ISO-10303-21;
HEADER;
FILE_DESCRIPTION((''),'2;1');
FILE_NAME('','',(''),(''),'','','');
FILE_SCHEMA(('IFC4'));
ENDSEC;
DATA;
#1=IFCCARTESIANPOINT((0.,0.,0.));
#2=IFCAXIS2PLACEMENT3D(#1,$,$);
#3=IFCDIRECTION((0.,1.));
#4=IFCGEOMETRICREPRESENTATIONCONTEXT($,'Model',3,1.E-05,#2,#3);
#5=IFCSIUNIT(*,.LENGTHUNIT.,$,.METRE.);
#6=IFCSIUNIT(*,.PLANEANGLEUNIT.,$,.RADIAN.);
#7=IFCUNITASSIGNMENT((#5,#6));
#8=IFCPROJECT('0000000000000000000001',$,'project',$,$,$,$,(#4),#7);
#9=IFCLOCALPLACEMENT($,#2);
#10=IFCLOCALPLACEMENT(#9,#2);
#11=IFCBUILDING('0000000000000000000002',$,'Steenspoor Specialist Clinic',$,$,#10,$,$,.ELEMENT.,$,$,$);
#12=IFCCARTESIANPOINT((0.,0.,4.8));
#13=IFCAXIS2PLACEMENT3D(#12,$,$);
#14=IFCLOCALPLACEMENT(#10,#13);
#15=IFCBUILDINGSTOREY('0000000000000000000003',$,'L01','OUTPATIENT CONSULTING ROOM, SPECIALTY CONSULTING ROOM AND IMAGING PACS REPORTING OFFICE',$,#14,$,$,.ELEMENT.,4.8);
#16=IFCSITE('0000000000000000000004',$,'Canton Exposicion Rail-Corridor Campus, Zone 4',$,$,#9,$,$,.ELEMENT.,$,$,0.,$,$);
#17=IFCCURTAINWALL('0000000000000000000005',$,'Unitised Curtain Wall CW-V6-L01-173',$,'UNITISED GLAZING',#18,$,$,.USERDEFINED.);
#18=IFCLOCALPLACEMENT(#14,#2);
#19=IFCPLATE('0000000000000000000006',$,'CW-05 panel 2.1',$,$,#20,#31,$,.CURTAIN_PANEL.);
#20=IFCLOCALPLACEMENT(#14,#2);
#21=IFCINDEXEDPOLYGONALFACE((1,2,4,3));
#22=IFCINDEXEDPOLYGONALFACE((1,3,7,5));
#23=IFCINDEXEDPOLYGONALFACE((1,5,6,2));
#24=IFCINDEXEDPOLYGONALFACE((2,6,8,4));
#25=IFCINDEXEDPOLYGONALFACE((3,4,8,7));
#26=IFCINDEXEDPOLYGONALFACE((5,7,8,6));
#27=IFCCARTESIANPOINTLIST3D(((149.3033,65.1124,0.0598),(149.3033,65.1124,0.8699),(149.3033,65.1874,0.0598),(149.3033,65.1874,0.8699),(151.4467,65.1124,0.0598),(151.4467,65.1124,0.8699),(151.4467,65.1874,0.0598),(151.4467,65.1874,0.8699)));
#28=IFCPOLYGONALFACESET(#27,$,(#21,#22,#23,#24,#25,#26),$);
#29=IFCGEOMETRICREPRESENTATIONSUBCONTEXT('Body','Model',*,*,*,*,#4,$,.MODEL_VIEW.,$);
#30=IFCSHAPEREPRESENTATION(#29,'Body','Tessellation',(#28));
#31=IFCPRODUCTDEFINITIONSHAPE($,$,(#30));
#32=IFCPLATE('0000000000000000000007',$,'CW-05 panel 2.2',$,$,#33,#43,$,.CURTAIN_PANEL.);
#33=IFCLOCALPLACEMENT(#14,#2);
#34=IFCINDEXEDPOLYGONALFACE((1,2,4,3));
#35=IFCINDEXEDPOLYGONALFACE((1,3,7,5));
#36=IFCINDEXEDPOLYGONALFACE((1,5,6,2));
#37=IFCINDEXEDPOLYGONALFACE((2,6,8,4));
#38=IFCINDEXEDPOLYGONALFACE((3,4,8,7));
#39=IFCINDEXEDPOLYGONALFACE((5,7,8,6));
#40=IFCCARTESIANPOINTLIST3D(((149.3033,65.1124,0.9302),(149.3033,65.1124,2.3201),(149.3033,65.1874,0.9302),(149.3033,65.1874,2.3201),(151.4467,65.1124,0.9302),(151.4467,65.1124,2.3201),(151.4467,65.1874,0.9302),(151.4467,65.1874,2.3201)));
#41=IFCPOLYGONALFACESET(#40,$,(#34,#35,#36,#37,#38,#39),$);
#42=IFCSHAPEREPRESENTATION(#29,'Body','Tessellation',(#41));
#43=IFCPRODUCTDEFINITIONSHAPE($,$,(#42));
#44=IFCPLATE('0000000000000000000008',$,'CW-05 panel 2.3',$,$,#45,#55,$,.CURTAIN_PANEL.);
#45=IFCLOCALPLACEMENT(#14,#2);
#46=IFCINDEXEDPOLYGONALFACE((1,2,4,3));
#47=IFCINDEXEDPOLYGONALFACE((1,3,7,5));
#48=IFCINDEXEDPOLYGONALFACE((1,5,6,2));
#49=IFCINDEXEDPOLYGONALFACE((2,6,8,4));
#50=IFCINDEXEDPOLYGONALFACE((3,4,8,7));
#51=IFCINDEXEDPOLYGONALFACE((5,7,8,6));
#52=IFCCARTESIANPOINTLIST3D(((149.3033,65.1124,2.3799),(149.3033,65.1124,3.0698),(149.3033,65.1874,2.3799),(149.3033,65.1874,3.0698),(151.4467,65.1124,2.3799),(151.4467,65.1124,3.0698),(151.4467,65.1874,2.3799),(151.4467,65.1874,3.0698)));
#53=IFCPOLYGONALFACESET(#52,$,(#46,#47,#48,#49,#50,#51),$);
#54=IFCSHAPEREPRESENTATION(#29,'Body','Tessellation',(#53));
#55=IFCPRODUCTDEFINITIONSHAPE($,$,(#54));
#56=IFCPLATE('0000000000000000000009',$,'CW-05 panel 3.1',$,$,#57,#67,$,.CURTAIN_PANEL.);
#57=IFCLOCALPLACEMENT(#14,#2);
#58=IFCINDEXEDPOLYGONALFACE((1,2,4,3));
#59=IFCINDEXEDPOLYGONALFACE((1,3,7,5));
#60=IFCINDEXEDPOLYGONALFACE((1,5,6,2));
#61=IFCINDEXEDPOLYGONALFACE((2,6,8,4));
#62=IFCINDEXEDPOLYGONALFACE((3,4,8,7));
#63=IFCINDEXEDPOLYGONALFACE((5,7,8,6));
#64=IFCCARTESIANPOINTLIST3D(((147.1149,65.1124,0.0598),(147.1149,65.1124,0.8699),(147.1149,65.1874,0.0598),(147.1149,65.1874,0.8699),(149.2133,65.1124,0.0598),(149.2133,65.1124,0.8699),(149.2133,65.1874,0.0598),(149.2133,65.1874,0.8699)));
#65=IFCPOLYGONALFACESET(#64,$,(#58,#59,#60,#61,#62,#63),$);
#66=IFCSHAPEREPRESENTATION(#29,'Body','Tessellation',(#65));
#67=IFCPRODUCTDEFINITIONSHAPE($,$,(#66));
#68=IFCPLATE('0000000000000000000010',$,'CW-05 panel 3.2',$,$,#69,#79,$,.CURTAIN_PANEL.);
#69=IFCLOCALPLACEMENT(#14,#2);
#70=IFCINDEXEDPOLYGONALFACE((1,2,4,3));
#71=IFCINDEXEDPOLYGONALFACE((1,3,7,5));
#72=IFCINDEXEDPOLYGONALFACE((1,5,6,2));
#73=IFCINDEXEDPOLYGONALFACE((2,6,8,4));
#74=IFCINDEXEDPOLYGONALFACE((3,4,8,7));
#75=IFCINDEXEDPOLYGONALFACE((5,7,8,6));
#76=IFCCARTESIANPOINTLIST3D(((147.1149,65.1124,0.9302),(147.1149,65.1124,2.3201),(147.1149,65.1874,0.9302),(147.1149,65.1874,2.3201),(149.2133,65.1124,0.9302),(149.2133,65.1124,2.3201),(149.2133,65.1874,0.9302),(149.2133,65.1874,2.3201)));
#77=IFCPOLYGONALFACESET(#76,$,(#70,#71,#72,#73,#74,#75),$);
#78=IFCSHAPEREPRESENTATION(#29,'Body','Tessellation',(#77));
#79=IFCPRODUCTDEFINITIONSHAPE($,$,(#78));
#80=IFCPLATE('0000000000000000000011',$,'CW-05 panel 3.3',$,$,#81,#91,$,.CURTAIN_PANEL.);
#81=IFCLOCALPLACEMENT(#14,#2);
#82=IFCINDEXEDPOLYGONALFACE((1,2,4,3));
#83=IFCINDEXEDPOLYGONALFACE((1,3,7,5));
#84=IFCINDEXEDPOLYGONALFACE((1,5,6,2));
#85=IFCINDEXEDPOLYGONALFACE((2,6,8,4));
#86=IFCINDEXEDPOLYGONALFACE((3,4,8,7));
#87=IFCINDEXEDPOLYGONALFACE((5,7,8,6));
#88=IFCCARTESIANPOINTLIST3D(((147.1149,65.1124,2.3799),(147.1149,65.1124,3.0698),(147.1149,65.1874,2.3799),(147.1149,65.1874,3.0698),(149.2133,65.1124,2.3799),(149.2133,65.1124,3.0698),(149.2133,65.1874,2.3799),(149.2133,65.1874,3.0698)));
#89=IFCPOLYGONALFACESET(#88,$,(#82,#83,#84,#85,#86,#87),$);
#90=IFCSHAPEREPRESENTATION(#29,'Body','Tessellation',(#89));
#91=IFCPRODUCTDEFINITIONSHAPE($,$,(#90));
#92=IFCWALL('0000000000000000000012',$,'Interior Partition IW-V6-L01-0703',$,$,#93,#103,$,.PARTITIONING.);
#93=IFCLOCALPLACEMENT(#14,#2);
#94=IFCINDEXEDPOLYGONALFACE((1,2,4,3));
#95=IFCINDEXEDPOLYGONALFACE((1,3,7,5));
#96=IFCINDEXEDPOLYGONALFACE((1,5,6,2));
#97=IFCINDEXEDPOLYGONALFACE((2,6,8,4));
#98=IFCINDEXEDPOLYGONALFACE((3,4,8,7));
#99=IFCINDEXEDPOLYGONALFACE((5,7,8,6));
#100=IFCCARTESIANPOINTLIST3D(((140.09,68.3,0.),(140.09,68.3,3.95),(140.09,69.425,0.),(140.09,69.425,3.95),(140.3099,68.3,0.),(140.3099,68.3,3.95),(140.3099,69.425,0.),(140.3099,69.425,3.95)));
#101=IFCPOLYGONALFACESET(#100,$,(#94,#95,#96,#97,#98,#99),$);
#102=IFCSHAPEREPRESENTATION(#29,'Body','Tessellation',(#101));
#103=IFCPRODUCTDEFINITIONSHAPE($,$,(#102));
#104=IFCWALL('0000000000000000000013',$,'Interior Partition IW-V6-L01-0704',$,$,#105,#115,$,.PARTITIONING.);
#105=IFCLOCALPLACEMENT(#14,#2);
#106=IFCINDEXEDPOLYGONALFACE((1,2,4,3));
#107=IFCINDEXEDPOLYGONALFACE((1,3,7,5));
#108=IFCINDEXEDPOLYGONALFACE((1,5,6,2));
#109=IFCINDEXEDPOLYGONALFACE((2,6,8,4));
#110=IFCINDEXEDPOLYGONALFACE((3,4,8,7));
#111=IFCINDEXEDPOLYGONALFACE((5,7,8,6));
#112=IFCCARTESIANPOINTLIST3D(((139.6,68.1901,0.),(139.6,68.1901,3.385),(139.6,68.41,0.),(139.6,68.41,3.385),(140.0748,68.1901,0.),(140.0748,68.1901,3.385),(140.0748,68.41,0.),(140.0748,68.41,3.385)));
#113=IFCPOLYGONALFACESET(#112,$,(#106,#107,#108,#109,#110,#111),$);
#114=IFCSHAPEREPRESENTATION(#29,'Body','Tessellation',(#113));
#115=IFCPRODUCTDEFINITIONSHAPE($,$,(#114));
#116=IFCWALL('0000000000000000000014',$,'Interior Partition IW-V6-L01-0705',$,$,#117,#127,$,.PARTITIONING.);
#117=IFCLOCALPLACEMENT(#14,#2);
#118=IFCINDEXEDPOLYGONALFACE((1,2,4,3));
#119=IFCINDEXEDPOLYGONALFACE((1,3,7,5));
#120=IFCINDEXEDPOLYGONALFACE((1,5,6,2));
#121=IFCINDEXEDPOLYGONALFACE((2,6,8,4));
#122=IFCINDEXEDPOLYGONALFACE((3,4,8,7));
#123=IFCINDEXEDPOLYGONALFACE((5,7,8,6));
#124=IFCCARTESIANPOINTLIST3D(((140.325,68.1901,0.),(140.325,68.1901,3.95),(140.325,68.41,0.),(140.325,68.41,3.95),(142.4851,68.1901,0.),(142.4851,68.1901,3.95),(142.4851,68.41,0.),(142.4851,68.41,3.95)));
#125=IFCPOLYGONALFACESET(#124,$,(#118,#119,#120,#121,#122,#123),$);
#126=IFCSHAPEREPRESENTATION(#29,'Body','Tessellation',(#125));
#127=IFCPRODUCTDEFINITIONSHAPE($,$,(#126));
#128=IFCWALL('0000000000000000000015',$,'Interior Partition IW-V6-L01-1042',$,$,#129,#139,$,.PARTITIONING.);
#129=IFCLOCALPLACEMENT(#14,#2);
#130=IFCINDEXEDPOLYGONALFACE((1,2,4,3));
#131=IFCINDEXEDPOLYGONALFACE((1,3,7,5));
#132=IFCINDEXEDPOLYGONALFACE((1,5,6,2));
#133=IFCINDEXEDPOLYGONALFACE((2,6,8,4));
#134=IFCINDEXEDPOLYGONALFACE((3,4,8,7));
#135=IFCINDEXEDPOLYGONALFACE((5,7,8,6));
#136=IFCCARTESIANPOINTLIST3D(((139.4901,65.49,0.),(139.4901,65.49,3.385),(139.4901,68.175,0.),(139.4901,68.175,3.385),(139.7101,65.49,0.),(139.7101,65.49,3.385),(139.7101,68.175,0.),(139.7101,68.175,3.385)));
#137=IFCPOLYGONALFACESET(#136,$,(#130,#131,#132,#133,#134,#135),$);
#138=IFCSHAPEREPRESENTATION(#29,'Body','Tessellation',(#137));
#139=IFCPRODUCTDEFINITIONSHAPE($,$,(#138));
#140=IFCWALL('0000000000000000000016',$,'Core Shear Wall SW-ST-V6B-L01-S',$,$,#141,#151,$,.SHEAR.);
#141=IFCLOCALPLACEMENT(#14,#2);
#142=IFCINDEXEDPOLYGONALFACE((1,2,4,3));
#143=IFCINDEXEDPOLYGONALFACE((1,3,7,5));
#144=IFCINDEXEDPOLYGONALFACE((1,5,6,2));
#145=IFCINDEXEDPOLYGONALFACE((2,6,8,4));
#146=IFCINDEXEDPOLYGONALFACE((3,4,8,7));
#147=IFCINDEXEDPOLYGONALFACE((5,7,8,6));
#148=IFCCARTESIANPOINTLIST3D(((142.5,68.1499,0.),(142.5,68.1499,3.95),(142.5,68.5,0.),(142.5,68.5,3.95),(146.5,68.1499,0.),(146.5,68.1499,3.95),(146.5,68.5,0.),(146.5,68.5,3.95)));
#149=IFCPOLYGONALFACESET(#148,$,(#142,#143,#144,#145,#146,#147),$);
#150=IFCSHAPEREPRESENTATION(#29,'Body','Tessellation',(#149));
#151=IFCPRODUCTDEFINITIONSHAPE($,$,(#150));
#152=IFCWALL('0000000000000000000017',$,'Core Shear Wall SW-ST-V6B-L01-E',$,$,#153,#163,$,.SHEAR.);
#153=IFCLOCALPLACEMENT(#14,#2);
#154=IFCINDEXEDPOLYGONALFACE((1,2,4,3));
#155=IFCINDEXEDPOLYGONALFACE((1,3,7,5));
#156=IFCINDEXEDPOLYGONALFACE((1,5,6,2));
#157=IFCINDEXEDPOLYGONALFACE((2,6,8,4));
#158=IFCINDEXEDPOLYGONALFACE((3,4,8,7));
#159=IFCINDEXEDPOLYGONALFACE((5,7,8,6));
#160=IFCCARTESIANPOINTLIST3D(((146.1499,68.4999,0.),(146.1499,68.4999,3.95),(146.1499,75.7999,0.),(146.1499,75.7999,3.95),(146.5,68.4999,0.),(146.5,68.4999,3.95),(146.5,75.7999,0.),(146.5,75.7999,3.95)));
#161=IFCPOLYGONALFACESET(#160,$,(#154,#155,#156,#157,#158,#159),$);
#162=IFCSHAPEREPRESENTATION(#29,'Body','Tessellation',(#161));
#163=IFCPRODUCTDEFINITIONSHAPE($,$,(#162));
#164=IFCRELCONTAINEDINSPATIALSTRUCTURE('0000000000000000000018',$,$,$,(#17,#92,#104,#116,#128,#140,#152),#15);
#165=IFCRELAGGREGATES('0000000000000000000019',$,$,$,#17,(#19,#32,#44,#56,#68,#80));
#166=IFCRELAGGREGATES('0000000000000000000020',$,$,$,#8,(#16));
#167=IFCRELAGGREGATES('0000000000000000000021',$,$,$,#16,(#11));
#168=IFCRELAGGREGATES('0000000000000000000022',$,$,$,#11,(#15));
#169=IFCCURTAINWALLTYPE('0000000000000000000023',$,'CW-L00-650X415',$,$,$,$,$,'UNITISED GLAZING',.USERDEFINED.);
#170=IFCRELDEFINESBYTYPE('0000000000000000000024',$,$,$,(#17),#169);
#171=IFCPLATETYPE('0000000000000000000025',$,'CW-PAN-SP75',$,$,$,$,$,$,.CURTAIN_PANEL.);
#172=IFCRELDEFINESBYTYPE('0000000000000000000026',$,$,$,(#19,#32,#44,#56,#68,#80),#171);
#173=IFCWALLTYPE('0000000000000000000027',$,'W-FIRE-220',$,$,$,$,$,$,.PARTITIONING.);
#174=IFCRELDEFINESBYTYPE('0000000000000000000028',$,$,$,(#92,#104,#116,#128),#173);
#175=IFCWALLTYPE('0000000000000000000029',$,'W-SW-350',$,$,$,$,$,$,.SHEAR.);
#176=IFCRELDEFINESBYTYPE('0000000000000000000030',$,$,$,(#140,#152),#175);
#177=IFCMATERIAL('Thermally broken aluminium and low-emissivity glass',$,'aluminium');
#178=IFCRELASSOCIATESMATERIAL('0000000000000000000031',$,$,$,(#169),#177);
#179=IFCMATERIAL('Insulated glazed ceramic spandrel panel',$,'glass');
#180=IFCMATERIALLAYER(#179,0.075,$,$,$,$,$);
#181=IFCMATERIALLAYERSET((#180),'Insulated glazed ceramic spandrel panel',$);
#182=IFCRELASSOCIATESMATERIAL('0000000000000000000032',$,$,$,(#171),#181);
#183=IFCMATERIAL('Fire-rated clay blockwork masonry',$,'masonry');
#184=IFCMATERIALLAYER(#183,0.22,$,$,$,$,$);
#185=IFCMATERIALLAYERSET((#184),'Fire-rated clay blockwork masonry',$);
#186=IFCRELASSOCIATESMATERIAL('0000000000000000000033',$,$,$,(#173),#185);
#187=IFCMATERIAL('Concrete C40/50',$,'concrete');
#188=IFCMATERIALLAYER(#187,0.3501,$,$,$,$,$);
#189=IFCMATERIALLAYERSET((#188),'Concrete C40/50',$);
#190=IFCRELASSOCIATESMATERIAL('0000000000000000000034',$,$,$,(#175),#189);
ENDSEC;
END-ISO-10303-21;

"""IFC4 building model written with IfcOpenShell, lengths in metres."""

from ifc_helpers import new_model, si_unit, direction, frame, frame_2d, origin, origin_2d, place, context, subcontext, project, spatial, rectangle, extrude, material, layer, layer_set, type_object, element, aggregate, save


model = new_model("IFC4")

# Units and contexts
model_context = context("Model", 3, precision=1e-05, world=origin(), true_north=direction((0.0, 1.0)))
body_context = subcontext(model_context, "Body", "Model", "MODEL_VIEW")
ifc_project = project(units=[si_unit("LENGTHUNIT", "METRE"), si_unit("PLANEANGLEUNIT", "RADIAN")], contexts=[model_context])

# Site, building, storey
site_placement = place(None, origin())
site = spatial("IfcSite", under=ifc_project, at=site_placement, Name="Canton Exposicion Rail-Corridor Campus, Zone 4", CompositionType="ELEMENT", RefElevation=0.0)
building_placement = place(site_placement, origin())
building = spatial("IfcBuilding", under=site, at=building_placement, Name="Steenspoor Specialist Clinic", CompositionType="ELEMENT")
storey_placement = place(building_placement, frame((0.0, 0.0, 4.8)))
storey = spatial("IfcBuildingStorey", under=building, at=storey_placement, Name="L01", Description="OUTPATIENT CONSULTING ROOM, SPECIALTY CONSULTING ROOM AND IMAGING PACS REPORTING OFFICE", CompositionType="ELEMENT", Elevation=4.8)

# Curtain wall
ifc_material_1 = material(Name="Thermally broken aluminium and low-emissivity glass", Category="aluminium")
curtain_wall_type = type_object("IfcCurtainWallType", Name="CW-L00-650X415", ElementType="UNITISED GLAZING", PredefinedType="USERDEFINED", material=ifc_material_1)
curtain_wall_placement = place(storey_placement, origin())
curtain_wall = element("IfcCurtainWall", 1, at=curtain_wall_placement, inside=storey, type_object=curtain_wall_type, Name="Unitised Curtain Wall CW-V6-L01-173", ObjectType="UNITISED GLAZING", PredefinedType="USERDEFINED")

# Plates
ifc_material_2 = material(Name="Insulated glazed ceramic spandrel panel", Category="glass")
ifc_layer_1 = layer(ifc_material_2, 0.075)
ifc_layer_set_1 = layer_set([ifc_layer_1], Name="Insulated glazed ceramic spandrel panel")
plate_type = type_object("IfcPlateType", Name="CW-PAN-SP75", PredefinedType="CURTAIN_PANEL", material=ifc_layer_set_1)
plate_1_placement = place(storey_placement, frame((150.375, 65.1499, 0.0598), z_axis=(0.0, 0.0, 1.0), x_axis=(-1.0, 0.0, 0.0)))
plate_1 = element("IfcPlate", 2, at=plate_1_placement, type_object=plate_type, Name="CW-05 panel 2.1", PredefinedType="CURTAIN_PANEL", context=body_context, shape_type="SweptSolid", body=[
    extrude(rectangle(XDim=2.1433, YDim=0.075, at=origin_2d()), origin(), (0.0, 0.0, 1.0), 0.8101),
])
plate_2_placement = place(storey_placement, frame((150.375, 65.1499, 0.9302), z_axis=(0.0, 0.0, 1.0), x_axis=(-1.0, 0.0, 0.0)))
plate_2 = element("IfcPlate", 3, at=plate_2_placement, type_object=plate_type, Name="CW-05 panel 2.2", PredefinedType="CURTAIN_PANEL", context=body_context, shape_type="SweptSolid", body=[
    extrude(rectangle(XDim=2.1433, YDim=0.075, at=origin_2d()), origin(), (0.0, 0.0, 1.0), 1.3899),
])
plate_3_placement = place(storey_placement, frame((150.375, 65.1499, 2.3799), z_axis=(0.0, 0.0, 1.0), x_axis=(-1.0, 0.0, 0.0)))
plate_3 = element("IfcPlate", 4, at=plate_3_placement, type_object=plate_type, Name="CW-05 panel 2.3", PredefinedType="CURTAIN_PANEL", context=body_context, shape_type="SweptSolid", body=[
    extrude(rectangle(XDim=2.1433, YDim=0.075, at=origin_2d()), origin(), (0.0, 0.0, 1.0), 0.6899),
])
plate_4_placement = place(storey_placement, frame((148.1641, 65.1499, 0.0598), z_axis=(0.0, 0.0, 1.0), x_axis=(-1.0, 0.0, 0.0)))
plate_4 = element("IfcPlate", 5, at=plate_4_placement, type_object=plate_type, Name="CW-05 panel 3.1", PredefinedType="CURTAIN_PANEL", context=body_context, shape_type="SweptSolid", body=[
    extrude(rectangle(XDim=2.0984, YDim=0.075, at=origin_2d()), origin(), (0.0, 0.0, 1.0), 0.8101),
])
plate_5_placement = place(storey_placement, frame((148.1641, 65.1499, 0.9302), z_axis=(0.0, 0.0, 1.0), x_axis=(-1.0, 0.0, 0.0)))
plate_5 = element("IfcPlate", 6, at=plate_5_placement, type_object=plate_type, Name="CW-05 panel 3.2", PredefinedType="CURTAIN_PANEL", context=body_context, shape_type="SweptSolid", body=[
    extrude(rectangle(XDim=2.0984, YDim=0.075, at=origin_2d()), origin(), (0.0, 0.0, 1.0), 1.3899),
])
plate_6_placement = place(storey_placement, frame((148.1641, 65.1499, 2.3799), z_axis=(0.0, 0.0, 1.0), x_axis=(-1.0, 0.0, 0.0)))
plate_6 = element("IfcPlate", 7, at=plate_6_placement, type_object=plate_type, Name="CW-05 panel 3.3", PredefinedType="CURTAIN_PANEL", context=body_context, shape_type="SweptSolid", body=[
    extrude(rectangle(XDim=2.0984, YDim=0.075, at=origin_2d()), origin(), (0.0, 0.0, 1.0), 0.6899),
])
aggregate(curtain_wall, [plate_1, plate_2, plate_3, plate_4, plate_5, plate_6])

# Walls
ifc_material_3 = material(Name="Fire-rated clay blockwork masonry", Category="masonry")
ifc_layer_2 = layer(ifc_material_3, 0.22)
ifc_layer_set_2 = layer_set([ifc_layer_2], Name="Fire-rated clay blockwork masonry")
wall_type_1 = type_object("IfcWallType", Name="W-FIRE-220", PredefinedType="PARTITIONING", material=ifc_layer_set_2)
wall_1_placement = place(storey_placement, frame((140.2, 68.3, 0.0), z_axis=(0.0, 0.0, 1.0), x_axis=(0.0, 1.0, 0.0)))
element("IfcWall", 8, at=wall_1_placement, inside=storey, type_object=wall_type_1, Name="Interior Partition IW-V6-L01-0703", PredefinedType="PARTITIONING", context=body_context, shape_type="SweptSolid", body=[
    extrude(rectangle(XDim=1.125, YDim=0.22, at=frame_2d((0.5625, 0.0))), origin(), (0.0, 0.0, 1.0), 3.95),
])
wall_2_placement = place(storey_placement, frame((139.6001, 68.3, 0.0), z_axis=(0.0, 0.0, 1.0), x_axis=(1.0, 0.0, 0.0)))
element("IfcWall", 9, at=wall_2_placement, inside=storey, type_object=wall_type_1, Name="Interior Partition IW-V6-L01-0704", PredefinedType="PARTITIONING", context=body_context, shape_type="SweptSolid", body=[
    extrude(rectangle(XDim=0.4749, YDim=0.22, at=frame_2d((0.2373, 0.0))), origin(), (0.0, 0.0, 1.0), 3.385),
])
wall_3_placement = place(storey_placement, frame((140.325, 68.3, 0.0), z_axis=(0.0, 0.0, 1.0), x_axis=(1.0, 0.0, 0.0)))
element("IfcWall", 10, at=wall_3_placement, inside=storey, type_object=wall_type_1, Name="Interior Partition IW-V6-L01-0705", PredefinedType="PARTITIONING", context=body_context, shape_type="SweptSolid", body=[
    extrude(rectangle(XDim=2.1602, YDim=0.22, at=frame_2d((1.0801, 0.0))), origin(), (0.0, 0.0, 1.0), 3.95),
])
wall_4_placement = place(storey_placement, frame((139.6001, 65.49, 0.0), z_axis=(0.0, 0.0, 1.0), x_axis=(0.0, 1.0, 0.0)))
element("IfcWall", 11, at=wall_4_placement, inside=storey, type_object=wall_type_1, Name="Interior Partition IW-V6-L01-1042", PredefinedType="PARTITIONING", context=body_context, shape_type="SweptSolid", body=[
    extrude(rectangle(XDim=2.6851, YDim=0.22, at=frame_2d((1.3425, 0.0))), origin(), (0.0, 0.0, 1.0), 3.385),
])
ifc_material_4 = material(Name="Concrete C40/50", Category="concrete")
ifc_layer_3 = layer(ifc_material_4, 0.3501)
ifc_layer_set_3 = layer_set([ifc_layer_3], Name="Concrete C40/50")
wall_type_2 = type_object("IfcWallType", Name="W-SW-350", PredefinedType="SHEAR", material=ifc_layer_set_3)
wall_5_placement = place(storey_placement, frame((142.5, 68.325, 0.0), z_axis=(0.0, 0.0, 1.0), x_axis=(1.0, 0.0, 0.0)))
element("IfcWall", 12, at=wall_5_placement, inside=storey, type_object=wall_type_2, Name="Core Shear Wall SW-ST-V6B-L01-S", PredefinedType="SHEAR", context=body_context, shape_type="SweptSolid", body=[
    extrude(rectangle(XDim=4.0, YDim=0.3501, at=frame_2d((2.0, 0.0))), origin(), (0.0, 0.0, 1.0), 3.95),
])

# Wall
wall_6_placement = place(storey_placement, frame((146.325, 68.5, 0.0), z_axis=(0.0, 0.0, 1.0), x_axis=(0.0, 1.0, 0.0)))
element("IfcWall", 13, at=wall_6_placement, inside=storey, type_object=wall_type_2, Name="Core Shear Wall SW-ST-V6B-L01-E", PredefinedType="SHEAR", context=body_context, shape_type="SweptSolid", body=[
    extrude(rectangle(XDim=7.3, YDim=0.3501, at=frame_2d((3.6499, 0.0))), origin(), (0.0, 0.0, 1.0), 3.95),
])

save(model, "model.ifc")
